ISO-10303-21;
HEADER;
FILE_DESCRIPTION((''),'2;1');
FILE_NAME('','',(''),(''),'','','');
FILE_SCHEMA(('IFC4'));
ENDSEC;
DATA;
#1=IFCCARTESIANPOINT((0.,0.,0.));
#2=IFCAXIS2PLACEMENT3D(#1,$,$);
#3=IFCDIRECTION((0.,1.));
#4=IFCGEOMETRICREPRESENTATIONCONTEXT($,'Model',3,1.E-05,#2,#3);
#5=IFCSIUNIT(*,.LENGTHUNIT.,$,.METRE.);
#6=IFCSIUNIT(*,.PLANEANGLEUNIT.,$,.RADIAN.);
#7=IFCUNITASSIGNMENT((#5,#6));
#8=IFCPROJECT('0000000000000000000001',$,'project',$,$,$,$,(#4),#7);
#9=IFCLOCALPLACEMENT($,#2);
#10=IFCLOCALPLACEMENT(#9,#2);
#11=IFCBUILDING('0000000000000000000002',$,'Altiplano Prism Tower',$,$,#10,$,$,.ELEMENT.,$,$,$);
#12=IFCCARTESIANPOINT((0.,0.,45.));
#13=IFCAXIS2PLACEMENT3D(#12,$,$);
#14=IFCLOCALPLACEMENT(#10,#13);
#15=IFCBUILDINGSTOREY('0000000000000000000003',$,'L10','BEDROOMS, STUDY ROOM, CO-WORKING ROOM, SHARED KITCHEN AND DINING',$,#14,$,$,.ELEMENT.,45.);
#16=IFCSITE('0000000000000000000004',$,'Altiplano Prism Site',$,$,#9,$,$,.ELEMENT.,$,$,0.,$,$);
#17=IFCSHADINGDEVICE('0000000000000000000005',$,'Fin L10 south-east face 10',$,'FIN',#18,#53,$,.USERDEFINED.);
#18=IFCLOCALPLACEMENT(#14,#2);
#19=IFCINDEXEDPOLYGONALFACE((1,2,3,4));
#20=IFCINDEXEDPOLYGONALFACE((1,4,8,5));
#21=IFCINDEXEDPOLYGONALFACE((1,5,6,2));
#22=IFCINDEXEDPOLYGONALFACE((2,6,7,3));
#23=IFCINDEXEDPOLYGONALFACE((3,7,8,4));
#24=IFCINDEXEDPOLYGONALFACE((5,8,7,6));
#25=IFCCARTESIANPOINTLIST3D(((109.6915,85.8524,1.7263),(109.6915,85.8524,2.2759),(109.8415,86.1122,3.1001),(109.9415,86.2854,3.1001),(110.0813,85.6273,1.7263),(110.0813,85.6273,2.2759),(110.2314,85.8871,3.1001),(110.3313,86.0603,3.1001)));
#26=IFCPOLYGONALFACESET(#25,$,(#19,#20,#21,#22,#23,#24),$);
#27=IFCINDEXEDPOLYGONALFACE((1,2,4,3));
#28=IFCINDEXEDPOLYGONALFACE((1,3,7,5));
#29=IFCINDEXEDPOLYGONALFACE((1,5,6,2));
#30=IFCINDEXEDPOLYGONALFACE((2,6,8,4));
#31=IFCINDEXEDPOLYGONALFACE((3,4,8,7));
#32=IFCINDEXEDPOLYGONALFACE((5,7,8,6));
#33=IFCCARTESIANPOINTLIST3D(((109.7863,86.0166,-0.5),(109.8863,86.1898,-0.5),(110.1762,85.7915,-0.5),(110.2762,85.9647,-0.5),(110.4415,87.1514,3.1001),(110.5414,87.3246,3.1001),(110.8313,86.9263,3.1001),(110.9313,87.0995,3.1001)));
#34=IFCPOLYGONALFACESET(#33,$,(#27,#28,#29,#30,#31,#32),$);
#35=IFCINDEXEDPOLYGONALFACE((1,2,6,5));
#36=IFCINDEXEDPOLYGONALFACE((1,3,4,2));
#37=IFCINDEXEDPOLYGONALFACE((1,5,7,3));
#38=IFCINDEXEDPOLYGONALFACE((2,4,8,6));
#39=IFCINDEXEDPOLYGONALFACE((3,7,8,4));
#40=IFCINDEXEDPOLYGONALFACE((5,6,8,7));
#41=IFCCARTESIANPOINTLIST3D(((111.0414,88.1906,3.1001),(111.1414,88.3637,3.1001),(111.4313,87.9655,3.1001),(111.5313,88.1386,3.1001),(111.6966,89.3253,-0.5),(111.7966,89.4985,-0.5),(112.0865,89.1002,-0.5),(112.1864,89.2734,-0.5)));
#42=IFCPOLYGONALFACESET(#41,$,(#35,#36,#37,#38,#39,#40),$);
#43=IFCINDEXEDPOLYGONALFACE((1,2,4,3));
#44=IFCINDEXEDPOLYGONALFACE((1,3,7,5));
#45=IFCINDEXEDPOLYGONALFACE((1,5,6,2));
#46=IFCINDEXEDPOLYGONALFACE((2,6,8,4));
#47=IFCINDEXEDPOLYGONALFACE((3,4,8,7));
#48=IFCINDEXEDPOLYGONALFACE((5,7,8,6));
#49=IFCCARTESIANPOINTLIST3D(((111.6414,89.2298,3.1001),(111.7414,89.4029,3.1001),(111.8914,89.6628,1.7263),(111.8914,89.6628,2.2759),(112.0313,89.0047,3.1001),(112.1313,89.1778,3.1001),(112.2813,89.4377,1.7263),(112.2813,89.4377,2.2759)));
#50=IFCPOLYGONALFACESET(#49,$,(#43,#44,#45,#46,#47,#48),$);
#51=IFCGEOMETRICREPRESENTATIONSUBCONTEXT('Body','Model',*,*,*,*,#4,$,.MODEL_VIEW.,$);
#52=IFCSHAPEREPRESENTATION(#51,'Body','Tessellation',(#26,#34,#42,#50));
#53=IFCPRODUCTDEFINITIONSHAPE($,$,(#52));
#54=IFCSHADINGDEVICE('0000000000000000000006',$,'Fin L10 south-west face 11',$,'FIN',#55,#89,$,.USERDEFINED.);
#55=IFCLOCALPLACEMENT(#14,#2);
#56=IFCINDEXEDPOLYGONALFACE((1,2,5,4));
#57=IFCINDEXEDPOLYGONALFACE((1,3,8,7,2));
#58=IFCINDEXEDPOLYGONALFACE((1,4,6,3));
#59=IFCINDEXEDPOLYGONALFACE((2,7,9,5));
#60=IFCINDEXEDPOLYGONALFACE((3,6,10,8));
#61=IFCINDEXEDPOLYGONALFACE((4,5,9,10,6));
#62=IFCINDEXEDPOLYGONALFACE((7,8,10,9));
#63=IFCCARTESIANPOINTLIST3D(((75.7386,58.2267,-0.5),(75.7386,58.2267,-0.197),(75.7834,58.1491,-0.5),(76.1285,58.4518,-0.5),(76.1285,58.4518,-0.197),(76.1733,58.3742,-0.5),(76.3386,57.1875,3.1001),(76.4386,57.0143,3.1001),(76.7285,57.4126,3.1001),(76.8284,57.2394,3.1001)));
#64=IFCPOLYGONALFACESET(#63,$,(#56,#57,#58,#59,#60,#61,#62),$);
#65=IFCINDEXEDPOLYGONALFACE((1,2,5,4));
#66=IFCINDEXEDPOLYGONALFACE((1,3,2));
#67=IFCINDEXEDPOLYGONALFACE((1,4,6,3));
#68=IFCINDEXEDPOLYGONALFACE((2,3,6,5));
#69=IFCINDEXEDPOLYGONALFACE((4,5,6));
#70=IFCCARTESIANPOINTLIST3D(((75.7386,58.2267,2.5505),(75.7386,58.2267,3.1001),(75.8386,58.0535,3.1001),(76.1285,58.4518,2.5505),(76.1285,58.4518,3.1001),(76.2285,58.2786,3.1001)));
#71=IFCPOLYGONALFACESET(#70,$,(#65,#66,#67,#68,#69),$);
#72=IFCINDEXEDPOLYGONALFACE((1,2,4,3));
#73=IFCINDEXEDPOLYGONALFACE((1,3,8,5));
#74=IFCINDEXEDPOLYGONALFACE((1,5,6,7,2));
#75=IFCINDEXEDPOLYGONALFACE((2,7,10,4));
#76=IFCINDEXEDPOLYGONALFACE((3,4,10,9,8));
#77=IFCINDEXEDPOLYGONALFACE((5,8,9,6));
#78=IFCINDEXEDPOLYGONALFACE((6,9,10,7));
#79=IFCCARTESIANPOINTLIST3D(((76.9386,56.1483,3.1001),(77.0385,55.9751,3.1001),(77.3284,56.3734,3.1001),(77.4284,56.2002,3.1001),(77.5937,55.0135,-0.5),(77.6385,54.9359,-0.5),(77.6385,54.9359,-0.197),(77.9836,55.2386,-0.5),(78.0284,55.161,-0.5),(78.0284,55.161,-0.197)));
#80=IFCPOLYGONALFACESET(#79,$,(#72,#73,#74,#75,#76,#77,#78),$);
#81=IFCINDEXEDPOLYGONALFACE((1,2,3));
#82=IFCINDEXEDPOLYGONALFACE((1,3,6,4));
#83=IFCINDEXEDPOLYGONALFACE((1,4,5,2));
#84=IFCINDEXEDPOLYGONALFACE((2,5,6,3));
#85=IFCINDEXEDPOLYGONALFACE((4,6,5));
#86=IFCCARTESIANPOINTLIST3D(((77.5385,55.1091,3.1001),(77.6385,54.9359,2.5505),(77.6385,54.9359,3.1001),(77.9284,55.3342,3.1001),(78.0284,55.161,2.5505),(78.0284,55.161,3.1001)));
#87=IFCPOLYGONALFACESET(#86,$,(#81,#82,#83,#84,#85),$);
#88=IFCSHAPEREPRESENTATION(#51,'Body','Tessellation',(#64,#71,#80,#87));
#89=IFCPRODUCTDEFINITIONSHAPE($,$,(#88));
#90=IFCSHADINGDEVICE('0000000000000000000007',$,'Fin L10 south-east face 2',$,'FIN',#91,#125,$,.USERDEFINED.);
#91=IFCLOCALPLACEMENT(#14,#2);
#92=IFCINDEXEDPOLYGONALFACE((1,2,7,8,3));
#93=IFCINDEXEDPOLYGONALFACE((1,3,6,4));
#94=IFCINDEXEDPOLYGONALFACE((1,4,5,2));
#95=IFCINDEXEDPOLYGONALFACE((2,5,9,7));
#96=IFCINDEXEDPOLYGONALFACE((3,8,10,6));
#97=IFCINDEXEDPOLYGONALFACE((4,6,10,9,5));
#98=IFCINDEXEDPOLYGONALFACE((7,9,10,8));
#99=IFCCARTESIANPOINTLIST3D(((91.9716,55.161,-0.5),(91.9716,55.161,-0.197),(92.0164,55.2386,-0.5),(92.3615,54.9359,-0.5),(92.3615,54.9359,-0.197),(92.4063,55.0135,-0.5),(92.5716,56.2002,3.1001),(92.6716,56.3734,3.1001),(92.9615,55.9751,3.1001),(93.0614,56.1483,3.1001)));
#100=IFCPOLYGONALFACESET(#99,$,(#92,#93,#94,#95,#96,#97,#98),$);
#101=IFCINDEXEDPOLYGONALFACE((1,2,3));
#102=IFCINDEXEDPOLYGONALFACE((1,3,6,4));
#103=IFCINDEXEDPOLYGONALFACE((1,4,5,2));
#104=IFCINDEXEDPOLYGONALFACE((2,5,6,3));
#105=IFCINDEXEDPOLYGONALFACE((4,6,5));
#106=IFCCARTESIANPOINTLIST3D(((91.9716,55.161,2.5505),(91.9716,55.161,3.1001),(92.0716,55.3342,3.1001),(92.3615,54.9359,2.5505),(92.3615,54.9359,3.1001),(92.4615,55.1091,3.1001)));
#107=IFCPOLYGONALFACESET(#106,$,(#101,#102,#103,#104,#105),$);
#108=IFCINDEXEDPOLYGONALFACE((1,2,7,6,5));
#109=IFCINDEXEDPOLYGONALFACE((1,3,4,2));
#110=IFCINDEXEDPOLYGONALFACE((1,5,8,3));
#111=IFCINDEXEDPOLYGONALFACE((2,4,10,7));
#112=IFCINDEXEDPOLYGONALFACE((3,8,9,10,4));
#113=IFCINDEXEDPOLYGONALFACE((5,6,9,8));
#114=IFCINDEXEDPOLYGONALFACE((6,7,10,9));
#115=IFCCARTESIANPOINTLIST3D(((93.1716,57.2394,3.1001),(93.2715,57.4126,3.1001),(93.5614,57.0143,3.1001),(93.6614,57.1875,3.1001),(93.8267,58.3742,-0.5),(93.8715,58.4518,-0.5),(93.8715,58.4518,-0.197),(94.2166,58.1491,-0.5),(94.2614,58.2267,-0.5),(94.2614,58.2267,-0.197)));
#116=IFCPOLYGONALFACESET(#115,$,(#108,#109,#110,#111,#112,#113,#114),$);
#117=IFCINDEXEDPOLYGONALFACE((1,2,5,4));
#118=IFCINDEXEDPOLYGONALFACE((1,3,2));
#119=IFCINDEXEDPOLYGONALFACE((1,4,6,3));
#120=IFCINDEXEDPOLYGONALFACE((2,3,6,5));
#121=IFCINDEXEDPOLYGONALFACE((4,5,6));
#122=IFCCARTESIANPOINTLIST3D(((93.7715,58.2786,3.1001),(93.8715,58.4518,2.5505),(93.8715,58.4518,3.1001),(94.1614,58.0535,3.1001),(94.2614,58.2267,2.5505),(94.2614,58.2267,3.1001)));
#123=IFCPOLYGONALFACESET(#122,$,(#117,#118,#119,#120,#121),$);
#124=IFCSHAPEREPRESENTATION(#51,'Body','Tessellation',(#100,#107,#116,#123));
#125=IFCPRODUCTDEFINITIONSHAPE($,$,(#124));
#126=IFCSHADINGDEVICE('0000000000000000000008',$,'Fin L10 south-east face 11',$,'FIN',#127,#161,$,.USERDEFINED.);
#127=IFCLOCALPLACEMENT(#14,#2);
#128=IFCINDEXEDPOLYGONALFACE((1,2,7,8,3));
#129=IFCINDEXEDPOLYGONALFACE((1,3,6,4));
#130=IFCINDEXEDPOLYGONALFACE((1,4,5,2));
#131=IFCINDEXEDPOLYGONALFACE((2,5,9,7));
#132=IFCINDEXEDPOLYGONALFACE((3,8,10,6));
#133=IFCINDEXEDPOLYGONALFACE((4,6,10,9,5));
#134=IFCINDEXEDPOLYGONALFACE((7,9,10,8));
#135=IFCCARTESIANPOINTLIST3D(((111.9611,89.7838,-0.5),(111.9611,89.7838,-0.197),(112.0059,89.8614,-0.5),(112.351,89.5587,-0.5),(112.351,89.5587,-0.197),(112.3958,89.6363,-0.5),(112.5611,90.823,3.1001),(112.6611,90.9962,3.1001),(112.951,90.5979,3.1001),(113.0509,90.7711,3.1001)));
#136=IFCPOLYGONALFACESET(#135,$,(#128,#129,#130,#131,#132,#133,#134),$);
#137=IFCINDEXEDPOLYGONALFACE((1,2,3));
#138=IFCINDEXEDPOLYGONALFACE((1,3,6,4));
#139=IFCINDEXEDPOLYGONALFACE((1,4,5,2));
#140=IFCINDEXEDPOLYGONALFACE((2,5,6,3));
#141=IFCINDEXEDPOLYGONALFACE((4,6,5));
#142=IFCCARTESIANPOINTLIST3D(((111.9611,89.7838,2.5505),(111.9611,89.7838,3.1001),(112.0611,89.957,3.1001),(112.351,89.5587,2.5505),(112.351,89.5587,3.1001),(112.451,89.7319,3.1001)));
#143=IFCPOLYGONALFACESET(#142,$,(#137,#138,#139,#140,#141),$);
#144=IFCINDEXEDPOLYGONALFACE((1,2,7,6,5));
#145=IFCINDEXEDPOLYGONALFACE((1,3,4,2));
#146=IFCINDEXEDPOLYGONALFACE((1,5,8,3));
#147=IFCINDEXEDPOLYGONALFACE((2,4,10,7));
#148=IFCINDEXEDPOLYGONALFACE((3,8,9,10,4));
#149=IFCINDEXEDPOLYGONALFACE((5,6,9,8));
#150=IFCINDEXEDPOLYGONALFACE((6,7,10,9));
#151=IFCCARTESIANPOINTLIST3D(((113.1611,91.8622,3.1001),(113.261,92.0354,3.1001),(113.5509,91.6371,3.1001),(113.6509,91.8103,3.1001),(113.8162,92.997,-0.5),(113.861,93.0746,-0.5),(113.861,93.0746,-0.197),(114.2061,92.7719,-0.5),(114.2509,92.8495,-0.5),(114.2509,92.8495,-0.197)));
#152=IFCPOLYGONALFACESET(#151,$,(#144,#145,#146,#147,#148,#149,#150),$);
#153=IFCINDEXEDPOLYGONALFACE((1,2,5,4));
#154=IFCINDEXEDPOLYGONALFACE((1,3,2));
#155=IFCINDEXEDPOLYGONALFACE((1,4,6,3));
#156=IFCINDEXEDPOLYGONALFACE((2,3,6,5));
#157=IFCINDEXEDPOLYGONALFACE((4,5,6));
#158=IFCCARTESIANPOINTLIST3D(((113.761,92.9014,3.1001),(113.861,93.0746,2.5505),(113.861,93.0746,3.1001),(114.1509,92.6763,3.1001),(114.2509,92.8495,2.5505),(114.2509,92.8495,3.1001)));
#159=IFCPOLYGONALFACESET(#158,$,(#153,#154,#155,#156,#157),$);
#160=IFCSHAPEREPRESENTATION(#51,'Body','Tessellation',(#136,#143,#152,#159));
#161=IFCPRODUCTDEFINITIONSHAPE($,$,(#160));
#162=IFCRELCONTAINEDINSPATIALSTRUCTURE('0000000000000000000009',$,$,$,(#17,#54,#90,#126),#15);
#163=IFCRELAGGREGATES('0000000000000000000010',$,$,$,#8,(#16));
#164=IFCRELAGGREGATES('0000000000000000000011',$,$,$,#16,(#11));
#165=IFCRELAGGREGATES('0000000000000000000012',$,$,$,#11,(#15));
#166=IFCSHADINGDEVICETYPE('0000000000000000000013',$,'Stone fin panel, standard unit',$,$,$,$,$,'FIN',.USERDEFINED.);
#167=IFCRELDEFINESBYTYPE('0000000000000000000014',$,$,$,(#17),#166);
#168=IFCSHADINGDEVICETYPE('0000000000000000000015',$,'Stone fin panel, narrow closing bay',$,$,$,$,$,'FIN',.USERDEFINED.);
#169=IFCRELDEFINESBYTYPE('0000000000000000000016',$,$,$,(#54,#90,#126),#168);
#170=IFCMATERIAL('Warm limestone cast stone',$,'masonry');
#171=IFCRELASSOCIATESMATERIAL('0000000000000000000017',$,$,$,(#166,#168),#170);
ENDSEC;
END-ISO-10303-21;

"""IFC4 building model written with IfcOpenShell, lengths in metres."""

from ifc_helpers import new_model, si_unit, direction, frame, origin, place, context, subcontext, project, spatial, polyline, outline, extrude, source, transform, mapped, material, type_object, element, save


model = new_model("IFC4")

# Units and contexts
model_context = context("Model", 3, precision=1e-05, world=origin(), true_north=direction((0.0, 1.0)))
body_context = subcontext(model_context, "Body", "Model", "MODEL_VIEW")
ifc_project = project(units=[si_unit("LENGTHUNIT", "METRE"), si_unit("PLANEANGLEUNIT", "RADIAN")], contexts=[model_context])

# Site, building, storey
site_placement = place(None, origin())
site = spatial("IfcSite", under=ifc_project, at=site_placement, Name="Altiplano Prism Site", CompositionType="ELEMENT", RefElevation=0.0)
building_placement = place(site_placement, origin())
building = spatial("IfcBuilding", under=site, at=building_placement, Name="Altiplano Prism Tower", CompositionType="ELEMENT")
storey_placement = place(building_placement, frame((0.0, 0.0, 45.0)))
storey = spatial("IfcBuildingStorey", under=building, at=storey_placement, Name="L10", Description="BEDROOMS, STUDY ROOM, CO-WORKING ROOM, SHARED KITCHEN AND DINING", CompositionType="ELEMENT", Elevation=45.0)

# Shading devices
ifc_material_1 = material(Name="Warm limestone cast stone", Category="masonry")
shading_device_type_1 = type_object("IfcShadingDeviceType", Name="Stone fin panel, standard unit", ElementType="FIN", PredefinedType="USERDEFINED", material=ifc_material_1)
shared_shape_1 = source(origin(), body_context, "Body", "SweptSolid", [
    extrude(outline(polyline([(-2.2, 2.2263), (-1.7, 3.6001), (-1.8999, 3.6001), (-2.2, 2.7759), (-2.2, 2.2263)])), frame((0.0, -0.1499, 0.0), z_axis=(0.0, -1.0, 0.0), x_axis=(1.0, 0.0, 0.0)), (0.0, 0.0, 1.0), 0.4502),
    extrude(outline(polyline([(-2.0103, 0.0), (-1.8103, 0.0), (-0.5, 3.6001), (-0.7, 3.6001), (-2.0103, 0.0)])), frame((0.0, -0.1499, 0.0), z_axis=(0.0, -1.0, 0.0), x_axis=(1.0, 0.0, 0.0)), (0.0, 0.0, 1.0), 0.4502),
    extrude(outline(polyline([(1.8103, 0.0), (2.0103, 0.0), (0.7, 3.6001), (0.5, 3.6001), (1.8103, 0.0)])), frame((0.0, -0.1499, 0.0), z_axis=(0.0, -1.0, 0.0), x_axis=(1.0, 0.0, 0.0)), (0.0, 0.0, 1.0), 0.4502),
    extrude(outline(polyline([(2.2, 2.7759), (1.8999, 3.6001), (1.7, 3.6001), (2.2, 2.2263), (2.2, 2.7759)])), frame((0.0, -0.1499, 0.0), z_axis=(0.0, -1.0, 0.0), x_axis=(1.0, 0.0, 0.0)), (0.0, 0.0, 1.0), 0.4502),
])
shading_device_1_placement = place(storey_placement, origin())
element("IfcShadingDevice", 1, at=shading_device_1_placement, inside=storey, type_object=shading_device_type_1, Name="Fin L10 south-east face 10", ObjectType="FIN", PredefinedType="USERDEFINED", context=body_context, shape_type="MappedRepresentation", body=[
    mapped(shared_shape_1, transform((110.6616, 87.8325, -0.5), x_axis=(0.5, 0.866025, 0.0), y_axis=(-0.866025, 0.5, 0.0), z_axis=(0.0, 0.0, 1.0))),
])
shading_device_type_2 = type_object("IfcShadingDeviceType", Name="Stone fin panel, narrow closing bay", ElementType="FIN", PredefinedType="USERDEFINED", material=ifc_material_1)
shared_shape_2 = source(origin(), body_context, "Body", "SweptSolid", [
    extrude(outline(polyline([(-1.8999, 0.0), (-1.8103, 0.0), (-0.5, 3.6001), (-0.7, 3.6001), (-1.8999, 0.303), (-1.8999, 0.0)])), frame((0.0, -0.1499, 0.0), z_axis=(0.0, -1.0, 0.0), x_axis=(1.0, 0.0, 0.0)), (0.0, 0.0, 1.0), 0.4502),
    extrude(outline(polyline([(-1.8999, 3.0505), (-1.7, 3.6001), (-1.8999, 3.6001), (-1.8999, 3.0505)])), frame((0.0, -0.1499, 0.0), z_axis=(0.0, -1.0, 0.0), x_axis=(1.0, 0.0, 0.0)), (0.0, 0.0, 1.0), 0.4502),
    extrude(outline(polyline([(1.8103, 0.0), (1.8999, 0.0), (1.8999, 0.303), (0.7, 3.6001), (0.5, 3.6001), (1.8103, 0.0)])), frame((0.0, -0.1499, 0.0), z_axis=(0.0, -1.0, 0.0), x_axis=(1.0, 0.0, 0.0)), (0.0, 0.0, 1.0), 0.4502),
    extrude(outline(polyline([(1.8999, 3.6001), (1.7, 3.6001), (1.8999, 3.0505), (1.8999, 3.6001)])), frame((0.0, -0.1499, 0.0), z_axis=(0.0, -1.0, 0.0), x_axis=(1.0, 0.0, 0.0)), (0.0, 0.0, 1.0), 0.4502),
])
shading_device_2_placement = place(storey_placement, origin())
element("IfcShadingDevice", 2, at=shading_device_2_placement, inside=storey, type_object=shading_device_type_2, Name="Fin L10 south-west face 11", ObjectType="FIN", PredefinedType="USERDEFINED", context=body_context, shape_type="MappedRepresentation", body=[
    mapped(shared_shape_2, transform((77.2083, 56.8813, -0.5), x_axis=(0.5, -0.866025, 0.0), y_axis=(0.866025, 0.5, 0.0), z_axis=(0.0, 0.0, 1.0))),
])
shading_device_3_placement = place(storey_placement, origin())
element("IfcShadingDevice", 3, at=shading_device_3_placement, inside=storey, type_object=shading_device_type_2, Name="Fin L10 south-east face 2", ObjectType="FIN", PredefinedType="USERDEFINED", context=body_context, shape_type="MappedRepresentation", body=[
    mapped(shared_shape_2, transform((92.7917, 56.8813, -0.5), x_axis=(0.5, 0.866025, 0.0), y_axis=(-0.866025, 0.5, 0.0), z_axis=(0.0, 0.0, 1.0))),
])
shading_device_4_placement = place(storey_placement, origin())
element("IfcShadingDevice", 4, at=shading_device_4_placement, inside=storey, type_object=shading_device_type_2, Name="Fin L10 south-east face 11", ObjectType="FIN", PredefinedType="USERDEFINED", context=body_context, shape_type="MappedRepresentation", body=[
    mapped(shared_shape_2, transform((112.7812, 91.5042, -0.5), x_axis=(0.5, 0.866025, 0.0), y_axis=(-0.866025, 0.5, 0.0), z_axis=(0.0, 0.0, 1.0))),
])

save(model, "model.ifc")
